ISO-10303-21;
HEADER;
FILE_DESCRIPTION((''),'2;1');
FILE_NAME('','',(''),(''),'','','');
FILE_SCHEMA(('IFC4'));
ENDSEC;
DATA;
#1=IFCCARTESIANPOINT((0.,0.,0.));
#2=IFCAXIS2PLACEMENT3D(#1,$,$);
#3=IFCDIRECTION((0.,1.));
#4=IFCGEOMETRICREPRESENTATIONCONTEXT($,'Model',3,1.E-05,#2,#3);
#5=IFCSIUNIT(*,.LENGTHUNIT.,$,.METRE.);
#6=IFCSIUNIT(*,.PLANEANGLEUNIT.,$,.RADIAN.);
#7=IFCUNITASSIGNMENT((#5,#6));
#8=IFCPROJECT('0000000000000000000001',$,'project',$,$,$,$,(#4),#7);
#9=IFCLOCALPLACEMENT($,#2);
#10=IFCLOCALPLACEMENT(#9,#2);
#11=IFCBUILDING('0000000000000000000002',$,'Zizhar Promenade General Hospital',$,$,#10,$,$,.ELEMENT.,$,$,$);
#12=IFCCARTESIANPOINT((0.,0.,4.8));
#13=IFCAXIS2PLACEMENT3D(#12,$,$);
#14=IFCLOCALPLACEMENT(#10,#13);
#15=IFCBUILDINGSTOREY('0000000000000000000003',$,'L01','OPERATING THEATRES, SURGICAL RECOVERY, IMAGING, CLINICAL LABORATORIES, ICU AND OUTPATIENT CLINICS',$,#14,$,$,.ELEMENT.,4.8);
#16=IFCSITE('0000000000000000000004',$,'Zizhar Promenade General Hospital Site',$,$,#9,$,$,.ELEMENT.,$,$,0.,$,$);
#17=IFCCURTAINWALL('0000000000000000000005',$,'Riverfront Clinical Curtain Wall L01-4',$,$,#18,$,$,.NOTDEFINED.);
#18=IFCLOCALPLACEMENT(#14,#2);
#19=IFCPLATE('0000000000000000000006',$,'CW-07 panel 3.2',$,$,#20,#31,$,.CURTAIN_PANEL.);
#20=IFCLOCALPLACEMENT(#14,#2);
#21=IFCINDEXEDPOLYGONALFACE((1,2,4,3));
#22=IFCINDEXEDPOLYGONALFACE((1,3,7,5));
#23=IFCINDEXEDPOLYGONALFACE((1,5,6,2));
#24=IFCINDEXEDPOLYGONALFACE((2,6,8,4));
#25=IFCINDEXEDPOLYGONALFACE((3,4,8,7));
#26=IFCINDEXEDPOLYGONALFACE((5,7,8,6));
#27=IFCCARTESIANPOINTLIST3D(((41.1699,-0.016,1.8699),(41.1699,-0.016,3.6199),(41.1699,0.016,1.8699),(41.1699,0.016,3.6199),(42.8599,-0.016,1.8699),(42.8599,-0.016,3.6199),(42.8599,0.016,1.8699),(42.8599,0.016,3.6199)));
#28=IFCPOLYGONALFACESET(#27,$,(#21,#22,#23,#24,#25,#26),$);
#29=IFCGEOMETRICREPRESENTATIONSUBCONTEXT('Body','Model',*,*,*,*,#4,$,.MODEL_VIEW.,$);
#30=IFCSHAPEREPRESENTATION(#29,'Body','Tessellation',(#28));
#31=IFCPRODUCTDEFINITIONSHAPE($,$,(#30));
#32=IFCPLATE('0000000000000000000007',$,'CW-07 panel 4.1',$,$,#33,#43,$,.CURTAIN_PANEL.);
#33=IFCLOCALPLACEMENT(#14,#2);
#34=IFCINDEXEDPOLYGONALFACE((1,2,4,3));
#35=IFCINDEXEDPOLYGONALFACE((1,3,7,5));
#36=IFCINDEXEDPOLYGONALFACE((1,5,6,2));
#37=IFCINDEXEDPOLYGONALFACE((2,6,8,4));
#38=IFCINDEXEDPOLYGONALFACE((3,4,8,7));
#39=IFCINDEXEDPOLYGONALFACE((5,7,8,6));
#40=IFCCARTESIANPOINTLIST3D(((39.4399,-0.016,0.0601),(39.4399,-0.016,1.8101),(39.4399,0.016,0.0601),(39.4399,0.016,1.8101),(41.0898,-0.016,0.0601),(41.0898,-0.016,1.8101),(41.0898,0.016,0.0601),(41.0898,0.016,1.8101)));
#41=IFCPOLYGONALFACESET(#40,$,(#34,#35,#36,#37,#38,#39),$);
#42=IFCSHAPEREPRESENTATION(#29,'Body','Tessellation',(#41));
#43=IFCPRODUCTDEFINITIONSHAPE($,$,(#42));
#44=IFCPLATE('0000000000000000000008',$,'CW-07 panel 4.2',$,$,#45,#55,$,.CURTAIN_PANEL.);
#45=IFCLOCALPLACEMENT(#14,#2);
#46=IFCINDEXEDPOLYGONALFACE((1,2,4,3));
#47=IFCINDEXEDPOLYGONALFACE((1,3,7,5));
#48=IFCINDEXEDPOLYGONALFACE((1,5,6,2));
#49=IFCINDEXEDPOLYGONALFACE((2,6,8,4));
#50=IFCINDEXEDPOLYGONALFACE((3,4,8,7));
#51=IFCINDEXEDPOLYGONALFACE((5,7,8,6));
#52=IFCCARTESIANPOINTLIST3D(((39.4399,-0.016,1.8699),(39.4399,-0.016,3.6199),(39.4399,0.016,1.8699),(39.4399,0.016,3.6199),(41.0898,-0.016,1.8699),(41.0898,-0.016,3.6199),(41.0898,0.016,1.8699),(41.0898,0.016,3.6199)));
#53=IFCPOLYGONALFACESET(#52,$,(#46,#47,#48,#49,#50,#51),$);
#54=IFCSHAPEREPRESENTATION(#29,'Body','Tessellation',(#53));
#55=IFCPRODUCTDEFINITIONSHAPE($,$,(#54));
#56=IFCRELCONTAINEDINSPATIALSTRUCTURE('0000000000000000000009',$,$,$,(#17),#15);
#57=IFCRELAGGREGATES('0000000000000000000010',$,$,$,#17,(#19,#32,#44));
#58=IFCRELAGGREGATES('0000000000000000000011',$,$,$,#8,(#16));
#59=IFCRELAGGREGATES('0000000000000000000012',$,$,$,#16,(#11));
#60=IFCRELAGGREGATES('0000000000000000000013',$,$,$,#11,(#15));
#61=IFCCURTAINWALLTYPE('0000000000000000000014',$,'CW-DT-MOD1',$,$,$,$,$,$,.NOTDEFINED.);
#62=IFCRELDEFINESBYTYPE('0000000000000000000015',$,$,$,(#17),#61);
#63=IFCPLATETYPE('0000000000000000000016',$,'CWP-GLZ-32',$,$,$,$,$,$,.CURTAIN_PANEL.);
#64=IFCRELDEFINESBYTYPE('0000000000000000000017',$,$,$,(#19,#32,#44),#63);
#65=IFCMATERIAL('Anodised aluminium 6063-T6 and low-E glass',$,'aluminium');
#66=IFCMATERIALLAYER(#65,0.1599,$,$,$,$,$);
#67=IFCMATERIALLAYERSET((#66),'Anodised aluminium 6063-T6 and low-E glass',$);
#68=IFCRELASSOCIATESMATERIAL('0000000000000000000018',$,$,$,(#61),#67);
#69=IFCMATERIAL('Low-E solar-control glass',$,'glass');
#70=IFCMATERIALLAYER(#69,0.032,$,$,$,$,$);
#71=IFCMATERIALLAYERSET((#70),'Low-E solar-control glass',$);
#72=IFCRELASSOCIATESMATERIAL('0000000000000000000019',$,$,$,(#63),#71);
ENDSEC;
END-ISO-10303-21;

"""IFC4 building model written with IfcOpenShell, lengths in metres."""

from ifc_helpers import new_model, si_unit, direction, frame, origin, origin_2d, place, context, subcontext, project, spatial, rectangle, extrude, material, layer, layer_set, type_object, element, aggregate, save


model = new_model("IFC4")

# Units and contexts
model_context = context("Model", 3, precision=1e-05, world=origin(), true_north=direction((0.0, 1.0)))
body_context = subcontext(model_context, "Body", "Model", "MODEL_VIEW")
ifc_project = project(units=[si_unit("LENGTHUNIT", "METRE"), si_unit("PLANEANGLEUNIT", "RADIAN")], contexts=[model_context])

# Site, building, storey
site_placement = place(None, origin())
site = spatial("IfcSite", under=ifc_project, at=site_placement, Name="Zizhar Promenade General Hospital Site", CompositionType="ELEMENT", RefElevation=0.0)
building_placement = place(site_placement, origin())
building = spatial("IfcBuilding", under=site, at=building_placement, Name="Zizhar Promenade General Hospital", CompositionType="ELEMENT")
storey_placement = place(building_placement, frame((0.0, 0.0, 4.8)))
storey = spatial("IfcBuildingStorey", under=building, at=storey_placement, Name="L01", Description="OPERATING THEATRES, SURGICAL RECOVERY, IMAGING, CLINICAL LABORATORIES, ICU AND OUTPATIENT CLINICS", CompositionType="ELEMENT", Elevation=4.8)

# Shared definitions
ifc_material_1 = material(Name="Anodised aluminium 6063-T6 and low-E glass", Category="aluminium")
ifc_layer_1 = layer(ifc_material_1, 0.1599)
ifc_layer_set_1 = layer_set([ifc_layer_1], Name="Anodised aluminium 6063-T6 and low-E glass")
curtain_wall_type = type_object("IfcCurtainWallType", Name="CW-DT-MOD1", PredefinedType="NOTDEFINED", material=ifc_layer_set_1)

# Curtain wall
curtain_wall_1_placement = place(storey_placement, origin())
curtain_wall_1 = element("IfcCurtainWall", 1, at=curtain_wall_1_placement, inside=storey, type_object=curtain_wall_type, Name="Riverfront Clinical Curtain Wall L01-4", PredefinedType="NOTDEFINED")

# Plates
ifc_material_2 = material(Name="Low-E solar-control glass", Category="glass")
ifc_layer_2 = layer(ifc_material_2, 0.032)
ifc_layer_set_2 = layer_set([ifc_layer_2], Name="Low-E solar-control glass")
plate_type = type_object("IfcPlateType", Name="CWP-GLZ-32", PredefinedType="CURTAIN_PANEL", material=ifc_layer_set_2)
plate_1_placement = place(storey_placement, frame((42.0149, 0.0, 1.8699), z_axis=(0.0, 0.0, 1.0), x_axis=(-1.0, 0.0, 0.0)))
plate_1 = element("IfcPlate", 2, at=plate_1_placement, type_object=plate_type, Name="CW-07 panel 3.2", PredefinedType="CURTAIN_PANEL", context=body_context, shape_type="SweptSolid", body=[
    extrude(rectangle(XDim=1.6899, YDim=0.032, at=origin_2d()), origin(), (0.0, 0.0, 1.0), 1.75),
])
plate_2_placement = place(storey_placement, frame((40.2649, 0.0, 0.0601), z_axis=(0.0, 0.0, 1.0), x_axis=(-1.0, 0.0, 0.0)))
plate_2 = element("IfcPlate", 3, at=plate_2_placement, type_object=plate_type, Name="CW-07 panel 4.1", PredefinedType="CURTAIN_PANEL", context=body_context, shape_type="SweptSolid", body=[
    extrude(rectangle(XDim=1.6499, YDim=0.032, at=origin_2d()), origin(), (0.0, 0.0, 1.0), 1.75),
])
plate_3_placement = place(storey_placement, frame((40.2649, 0.0, 1.8699), z_axis=(0.0, 0.0, 1.0), x_axis=(-1.0, 0.0, 0.0)))
plate_3 = element("IfcPlate", 4, at=plate_3_placement, type_object=plate_type, Name="CW-07 panel 4.2", PredefinedType="CURTAIN_PANEL", context=body_context, shape_type="SweptSolid", body=[
    extrude(rectangle(XDim=1.6499, YDim=0.032, at=origin_2d()), origin(), (0.0, 0.0, 1.0), 1.75),
])
aggregate(curtain_wall_1, [plate_1, plate_2, plate_3])

save(model, "model.ifc")
